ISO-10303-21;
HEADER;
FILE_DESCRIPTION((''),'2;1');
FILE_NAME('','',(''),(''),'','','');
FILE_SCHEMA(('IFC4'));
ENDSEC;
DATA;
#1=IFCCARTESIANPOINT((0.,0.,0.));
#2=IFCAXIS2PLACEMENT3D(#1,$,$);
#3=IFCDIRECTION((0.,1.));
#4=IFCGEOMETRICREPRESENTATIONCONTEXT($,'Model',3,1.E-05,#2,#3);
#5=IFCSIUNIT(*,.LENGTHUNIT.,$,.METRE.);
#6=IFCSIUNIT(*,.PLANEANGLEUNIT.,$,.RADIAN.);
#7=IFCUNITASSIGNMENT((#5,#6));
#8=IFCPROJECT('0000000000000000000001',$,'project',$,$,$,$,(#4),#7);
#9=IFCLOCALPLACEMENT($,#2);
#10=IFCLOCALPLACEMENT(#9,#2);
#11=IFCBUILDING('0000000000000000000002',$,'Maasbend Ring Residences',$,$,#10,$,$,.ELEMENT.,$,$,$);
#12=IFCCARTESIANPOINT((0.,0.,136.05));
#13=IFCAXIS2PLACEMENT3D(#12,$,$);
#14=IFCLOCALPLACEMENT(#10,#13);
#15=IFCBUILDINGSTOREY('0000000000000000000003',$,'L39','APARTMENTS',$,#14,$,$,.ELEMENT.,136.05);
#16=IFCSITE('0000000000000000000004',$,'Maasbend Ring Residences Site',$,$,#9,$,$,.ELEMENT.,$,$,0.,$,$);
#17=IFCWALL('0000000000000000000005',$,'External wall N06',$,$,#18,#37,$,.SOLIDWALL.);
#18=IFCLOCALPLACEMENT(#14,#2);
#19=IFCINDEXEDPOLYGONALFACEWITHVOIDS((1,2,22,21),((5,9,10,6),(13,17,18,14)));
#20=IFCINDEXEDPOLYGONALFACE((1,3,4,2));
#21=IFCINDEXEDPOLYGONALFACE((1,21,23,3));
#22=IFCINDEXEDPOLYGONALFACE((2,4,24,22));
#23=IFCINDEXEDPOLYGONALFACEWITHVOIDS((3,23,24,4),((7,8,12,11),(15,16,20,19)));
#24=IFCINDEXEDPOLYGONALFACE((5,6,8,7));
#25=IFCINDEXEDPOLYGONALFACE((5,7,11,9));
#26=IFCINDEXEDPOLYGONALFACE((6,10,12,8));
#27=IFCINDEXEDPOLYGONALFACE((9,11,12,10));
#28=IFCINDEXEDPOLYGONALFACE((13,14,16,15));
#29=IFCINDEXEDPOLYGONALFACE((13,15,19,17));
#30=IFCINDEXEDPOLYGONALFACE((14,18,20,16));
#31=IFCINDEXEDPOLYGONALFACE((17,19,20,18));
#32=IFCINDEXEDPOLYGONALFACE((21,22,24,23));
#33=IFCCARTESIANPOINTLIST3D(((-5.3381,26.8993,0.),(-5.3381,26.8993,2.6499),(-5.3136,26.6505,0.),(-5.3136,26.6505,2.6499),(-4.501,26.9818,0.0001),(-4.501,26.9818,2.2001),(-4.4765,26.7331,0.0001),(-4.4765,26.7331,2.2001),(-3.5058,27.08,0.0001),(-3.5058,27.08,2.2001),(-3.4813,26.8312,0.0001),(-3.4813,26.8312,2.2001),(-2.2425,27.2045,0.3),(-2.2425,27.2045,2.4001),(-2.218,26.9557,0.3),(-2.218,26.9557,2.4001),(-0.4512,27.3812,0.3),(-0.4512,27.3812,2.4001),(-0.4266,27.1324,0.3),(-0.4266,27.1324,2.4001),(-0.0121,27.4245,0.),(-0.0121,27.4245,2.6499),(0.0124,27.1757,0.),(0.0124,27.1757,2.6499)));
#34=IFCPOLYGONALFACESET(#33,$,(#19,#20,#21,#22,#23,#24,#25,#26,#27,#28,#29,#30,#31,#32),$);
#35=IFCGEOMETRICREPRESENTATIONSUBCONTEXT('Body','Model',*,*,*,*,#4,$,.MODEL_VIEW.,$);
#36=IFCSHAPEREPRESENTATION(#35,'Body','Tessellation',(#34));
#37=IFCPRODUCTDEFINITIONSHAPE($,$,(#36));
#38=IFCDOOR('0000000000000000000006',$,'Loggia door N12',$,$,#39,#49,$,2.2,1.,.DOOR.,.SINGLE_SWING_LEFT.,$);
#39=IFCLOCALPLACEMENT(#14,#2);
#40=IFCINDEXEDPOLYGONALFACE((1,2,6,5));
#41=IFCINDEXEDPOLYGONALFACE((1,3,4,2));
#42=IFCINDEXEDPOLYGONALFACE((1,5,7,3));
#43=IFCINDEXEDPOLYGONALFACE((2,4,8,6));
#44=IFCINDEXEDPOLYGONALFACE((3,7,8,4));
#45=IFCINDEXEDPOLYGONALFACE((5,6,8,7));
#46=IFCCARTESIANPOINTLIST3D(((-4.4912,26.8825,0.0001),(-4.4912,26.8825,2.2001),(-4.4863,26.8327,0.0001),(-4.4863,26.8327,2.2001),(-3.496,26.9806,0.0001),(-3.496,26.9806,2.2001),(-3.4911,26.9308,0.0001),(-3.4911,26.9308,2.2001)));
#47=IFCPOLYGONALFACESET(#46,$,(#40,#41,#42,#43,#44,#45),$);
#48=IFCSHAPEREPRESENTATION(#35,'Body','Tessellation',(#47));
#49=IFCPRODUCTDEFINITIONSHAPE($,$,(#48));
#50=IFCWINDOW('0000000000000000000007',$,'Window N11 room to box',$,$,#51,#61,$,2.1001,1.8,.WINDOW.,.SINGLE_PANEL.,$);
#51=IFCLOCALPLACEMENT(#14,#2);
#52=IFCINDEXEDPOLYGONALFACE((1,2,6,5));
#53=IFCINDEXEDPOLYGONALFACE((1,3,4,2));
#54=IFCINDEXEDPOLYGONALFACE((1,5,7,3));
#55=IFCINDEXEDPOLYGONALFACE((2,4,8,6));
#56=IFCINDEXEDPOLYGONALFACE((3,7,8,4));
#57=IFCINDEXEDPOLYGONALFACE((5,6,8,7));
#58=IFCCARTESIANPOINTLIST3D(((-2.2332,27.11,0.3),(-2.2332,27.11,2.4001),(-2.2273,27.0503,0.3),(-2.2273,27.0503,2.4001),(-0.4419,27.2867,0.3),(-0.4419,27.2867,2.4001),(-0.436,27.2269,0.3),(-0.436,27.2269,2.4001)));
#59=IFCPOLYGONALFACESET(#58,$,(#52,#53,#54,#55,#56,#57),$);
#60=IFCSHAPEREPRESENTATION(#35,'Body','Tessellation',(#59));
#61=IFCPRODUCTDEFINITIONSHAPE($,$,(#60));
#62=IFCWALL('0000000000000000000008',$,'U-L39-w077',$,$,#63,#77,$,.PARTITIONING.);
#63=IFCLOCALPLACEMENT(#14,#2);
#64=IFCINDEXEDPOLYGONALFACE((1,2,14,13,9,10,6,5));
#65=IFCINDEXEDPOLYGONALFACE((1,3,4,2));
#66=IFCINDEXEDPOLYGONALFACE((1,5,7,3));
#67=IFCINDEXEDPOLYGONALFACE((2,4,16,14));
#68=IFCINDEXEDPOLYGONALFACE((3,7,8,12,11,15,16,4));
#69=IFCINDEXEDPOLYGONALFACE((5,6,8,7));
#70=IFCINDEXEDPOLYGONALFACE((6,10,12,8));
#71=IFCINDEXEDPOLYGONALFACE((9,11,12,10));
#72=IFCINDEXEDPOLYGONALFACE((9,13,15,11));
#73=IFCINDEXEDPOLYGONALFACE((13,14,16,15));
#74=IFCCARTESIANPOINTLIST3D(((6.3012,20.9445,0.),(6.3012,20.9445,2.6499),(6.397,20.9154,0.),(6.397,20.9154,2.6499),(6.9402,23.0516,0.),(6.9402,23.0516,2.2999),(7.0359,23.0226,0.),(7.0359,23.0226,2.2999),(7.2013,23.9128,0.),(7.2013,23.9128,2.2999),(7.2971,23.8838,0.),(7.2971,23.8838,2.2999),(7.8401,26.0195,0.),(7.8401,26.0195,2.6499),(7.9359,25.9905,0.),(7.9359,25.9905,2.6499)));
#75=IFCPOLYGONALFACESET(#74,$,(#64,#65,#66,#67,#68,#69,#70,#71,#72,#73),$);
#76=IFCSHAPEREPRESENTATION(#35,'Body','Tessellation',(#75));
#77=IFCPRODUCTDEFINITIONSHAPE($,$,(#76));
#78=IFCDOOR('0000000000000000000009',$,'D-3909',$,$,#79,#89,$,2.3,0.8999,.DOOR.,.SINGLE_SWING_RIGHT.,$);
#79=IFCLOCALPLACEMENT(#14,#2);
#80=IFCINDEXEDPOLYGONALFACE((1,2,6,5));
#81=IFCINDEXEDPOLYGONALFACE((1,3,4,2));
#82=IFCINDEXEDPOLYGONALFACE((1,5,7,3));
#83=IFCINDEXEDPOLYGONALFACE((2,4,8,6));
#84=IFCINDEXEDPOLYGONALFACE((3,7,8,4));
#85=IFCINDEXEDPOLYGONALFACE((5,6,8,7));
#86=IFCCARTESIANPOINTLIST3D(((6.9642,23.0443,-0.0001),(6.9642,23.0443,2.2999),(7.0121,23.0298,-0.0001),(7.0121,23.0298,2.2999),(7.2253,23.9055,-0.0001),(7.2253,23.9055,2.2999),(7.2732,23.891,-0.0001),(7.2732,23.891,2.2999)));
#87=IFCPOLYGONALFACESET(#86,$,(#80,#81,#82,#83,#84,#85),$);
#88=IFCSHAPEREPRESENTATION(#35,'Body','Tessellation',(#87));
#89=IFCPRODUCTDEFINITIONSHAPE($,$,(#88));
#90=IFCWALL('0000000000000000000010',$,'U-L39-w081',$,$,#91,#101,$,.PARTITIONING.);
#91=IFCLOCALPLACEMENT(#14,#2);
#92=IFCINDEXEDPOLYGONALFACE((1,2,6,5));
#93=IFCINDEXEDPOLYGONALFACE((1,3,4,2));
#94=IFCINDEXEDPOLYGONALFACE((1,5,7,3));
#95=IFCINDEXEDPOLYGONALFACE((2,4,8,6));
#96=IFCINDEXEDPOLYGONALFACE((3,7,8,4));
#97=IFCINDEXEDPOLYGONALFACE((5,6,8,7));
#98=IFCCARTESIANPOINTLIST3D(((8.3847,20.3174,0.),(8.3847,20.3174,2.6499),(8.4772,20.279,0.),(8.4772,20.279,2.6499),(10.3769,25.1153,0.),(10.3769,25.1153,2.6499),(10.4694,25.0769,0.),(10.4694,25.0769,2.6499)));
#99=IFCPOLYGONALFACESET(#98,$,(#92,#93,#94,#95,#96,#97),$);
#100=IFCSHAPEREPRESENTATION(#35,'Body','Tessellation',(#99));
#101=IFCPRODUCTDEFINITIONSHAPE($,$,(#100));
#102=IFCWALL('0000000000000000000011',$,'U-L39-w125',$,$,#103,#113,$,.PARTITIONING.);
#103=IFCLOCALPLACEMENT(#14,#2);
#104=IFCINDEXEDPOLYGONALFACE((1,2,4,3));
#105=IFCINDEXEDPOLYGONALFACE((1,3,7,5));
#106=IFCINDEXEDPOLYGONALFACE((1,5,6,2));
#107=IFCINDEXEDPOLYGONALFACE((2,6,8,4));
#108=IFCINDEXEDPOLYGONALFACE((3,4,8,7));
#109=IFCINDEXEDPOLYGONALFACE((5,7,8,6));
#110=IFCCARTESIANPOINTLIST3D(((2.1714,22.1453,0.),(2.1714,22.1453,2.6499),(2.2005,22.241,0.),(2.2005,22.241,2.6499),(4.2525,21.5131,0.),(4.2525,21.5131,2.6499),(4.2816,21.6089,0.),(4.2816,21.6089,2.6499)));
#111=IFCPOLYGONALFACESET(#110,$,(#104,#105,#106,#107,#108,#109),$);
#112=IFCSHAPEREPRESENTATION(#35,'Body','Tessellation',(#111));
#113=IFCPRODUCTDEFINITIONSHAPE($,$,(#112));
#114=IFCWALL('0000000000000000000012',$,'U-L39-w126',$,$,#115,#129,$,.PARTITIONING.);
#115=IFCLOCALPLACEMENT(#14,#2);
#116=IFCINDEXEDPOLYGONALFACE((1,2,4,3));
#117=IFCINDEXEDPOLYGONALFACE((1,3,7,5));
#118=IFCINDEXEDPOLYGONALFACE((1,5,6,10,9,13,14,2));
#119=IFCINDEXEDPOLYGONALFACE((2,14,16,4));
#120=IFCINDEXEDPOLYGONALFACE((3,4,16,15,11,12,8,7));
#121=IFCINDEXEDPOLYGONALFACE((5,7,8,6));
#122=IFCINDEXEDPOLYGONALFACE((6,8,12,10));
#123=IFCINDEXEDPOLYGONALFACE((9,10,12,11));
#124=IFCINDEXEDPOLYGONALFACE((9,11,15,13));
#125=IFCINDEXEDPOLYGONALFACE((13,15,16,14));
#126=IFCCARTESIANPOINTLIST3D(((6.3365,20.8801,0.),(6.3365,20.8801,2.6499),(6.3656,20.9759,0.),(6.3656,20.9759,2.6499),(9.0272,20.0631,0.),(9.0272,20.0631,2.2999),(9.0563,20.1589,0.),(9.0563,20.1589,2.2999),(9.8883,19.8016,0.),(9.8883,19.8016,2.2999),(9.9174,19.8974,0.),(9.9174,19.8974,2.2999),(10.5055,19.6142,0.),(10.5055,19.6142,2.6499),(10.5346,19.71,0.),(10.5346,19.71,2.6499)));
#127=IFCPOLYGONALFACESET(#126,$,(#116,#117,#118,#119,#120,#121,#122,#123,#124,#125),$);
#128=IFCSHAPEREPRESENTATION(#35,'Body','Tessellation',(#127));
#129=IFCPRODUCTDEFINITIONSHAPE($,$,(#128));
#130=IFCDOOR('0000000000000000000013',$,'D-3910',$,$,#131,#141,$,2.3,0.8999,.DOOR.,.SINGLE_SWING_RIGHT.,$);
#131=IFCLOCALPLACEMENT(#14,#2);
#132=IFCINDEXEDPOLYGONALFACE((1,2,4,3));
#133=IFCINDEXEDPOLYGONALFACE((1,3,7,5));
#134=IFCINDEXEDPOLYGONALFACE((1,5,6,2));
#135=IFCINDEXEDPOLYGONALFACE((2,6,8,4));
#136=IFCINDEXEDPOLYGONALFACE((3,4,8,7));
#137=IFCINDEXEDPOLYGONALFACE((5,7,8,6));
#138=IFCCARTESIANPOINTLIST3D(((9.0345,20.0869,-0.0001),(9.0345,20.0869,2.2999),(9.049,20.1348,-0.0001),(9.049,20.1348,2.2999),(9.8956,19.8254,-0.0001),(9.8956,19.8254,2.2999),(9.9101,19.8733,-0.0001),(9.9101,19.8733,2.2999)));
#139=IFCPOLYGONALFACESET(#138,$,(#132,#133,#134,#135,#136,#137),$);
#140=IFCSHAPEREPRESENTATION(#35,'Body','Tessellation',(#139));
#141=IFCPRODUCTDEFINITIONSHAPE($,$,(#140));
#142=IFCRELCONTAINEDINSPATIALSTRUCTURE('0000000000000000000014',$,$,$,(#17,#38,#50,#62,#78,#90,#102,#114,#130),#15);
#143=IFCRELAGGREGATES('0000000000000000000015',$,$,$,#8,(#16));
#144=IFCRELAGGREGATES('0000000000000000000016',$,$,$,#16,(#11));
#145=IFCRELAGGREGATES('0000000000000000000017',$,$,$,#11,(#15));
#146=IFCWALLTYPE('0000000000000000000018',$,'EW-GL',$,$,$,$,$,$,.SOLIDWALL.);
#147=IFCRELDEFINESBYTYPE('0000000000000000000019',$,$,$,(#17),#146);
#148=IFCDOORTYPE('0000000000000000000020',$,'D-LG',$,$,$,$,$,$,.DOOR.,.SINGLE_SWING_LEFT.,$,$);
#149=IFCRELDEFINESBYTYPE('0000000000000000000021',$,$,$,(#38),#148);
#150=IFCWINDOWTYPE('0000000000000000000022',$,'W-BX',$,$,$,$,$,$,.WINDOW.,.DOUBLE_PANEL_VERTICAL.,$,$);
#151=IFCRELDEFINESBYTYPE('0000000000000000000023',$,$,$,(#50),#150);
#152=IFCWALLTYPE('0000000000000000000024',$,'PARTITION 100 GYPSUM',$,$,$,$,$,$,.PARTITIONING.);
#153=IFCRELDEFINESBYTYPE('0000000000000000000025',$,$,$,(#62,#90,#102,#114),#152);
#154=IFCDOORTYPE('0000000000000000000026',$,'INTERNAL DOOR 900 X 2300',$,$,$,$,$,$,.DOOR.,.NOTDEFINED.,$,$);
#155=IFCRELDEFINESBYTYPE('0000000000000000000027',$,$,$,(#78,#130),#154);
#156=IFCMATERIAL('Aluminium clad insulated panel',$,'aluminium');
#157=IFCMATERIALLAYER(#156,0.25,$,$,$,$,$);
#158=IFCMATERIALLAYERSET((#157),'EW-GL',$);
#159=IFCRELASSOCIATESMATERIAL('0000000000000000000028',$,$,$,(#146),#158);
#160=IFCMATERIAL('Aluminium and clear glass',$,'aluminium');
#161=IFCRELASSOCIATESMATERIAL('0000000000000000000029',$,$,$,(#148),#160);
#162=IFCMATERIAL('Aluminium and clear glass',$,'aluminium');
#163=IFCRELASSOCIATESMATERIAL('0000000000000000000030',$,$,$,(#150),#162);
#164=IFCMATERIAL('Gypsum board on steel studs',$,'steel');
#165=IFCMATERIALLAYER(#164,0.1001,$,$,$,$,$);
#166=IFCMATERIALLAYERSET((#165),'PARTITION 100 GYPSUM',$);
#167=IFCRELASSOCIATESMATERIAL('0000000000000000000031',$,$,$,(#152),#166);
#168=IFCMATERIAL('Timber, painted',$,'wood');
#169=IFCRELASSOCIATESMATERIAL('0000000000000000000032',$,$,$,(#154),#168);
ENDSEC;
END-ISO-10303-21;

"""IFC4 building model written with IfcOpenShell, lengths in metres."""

from ifc_helpers import new_model, si_unit, direction, frame, frame_2d, origin, place, context, subcontext, project, spatial, rectangle, extrude, material, layer, layer_set, type_object, element, fill, save


model = new_model("IFC4")

# Units and contexts
model_context = context("Model", 3, precision=1e-05, world=origin(), true_north=direction((0.0, 1.0)))
body_context = subcontext(model_context, "Body", "Model", "MODEL_VIEW")
ifc_project = project(units=[si_unit("LENGTHUNIT", "METRE"), si_unit("PLANEANGLEUNIT", "RADIAN")], contexts=[model_context])

# Site, building, storey
site_placement = place(None, origin())
site = spatial("IfcSite", under=ifc_project, at=site_placement, Name="Maasbend Ring Residences Site", CompositionType="ELEMENT", RefElevation=0.0)
building_placement = place(site_placement, origin())
building = spatial("IfcBuilding", under=site, at=building_placement, Name="Maasbend Ring Residences", CompositionType="ELEMENT")
storey_placement = place(building_placement, frame((0.0, 0.0, 136.05)))
storey = spatial("IfcBuildingStorey", under=building, at=storey_placement, Name="L39", Description="APARTMENTS", CompositionType="ELEMENT", Elevation=136.05)

# Wall, openings, door, window
ifc_material_1 = material(Name="Aluminium clad insulated panel", Category="aluminium")
ifc_layer_1 = layer(ifc_material_1, 0.25)
ifc_layer_set_1 = layer_set([ifc_layer_1], Name="EW-GL")
wall_type_1 = type_object("IfcWallType", Name="EW-GL", PredefinedType="SOLIDWALL", material=ifc_layer_set_1)
ifc_material_2 = material(Name="Aluminium and clear glass", Category="aluminium")
door_type_1 = type_object("IfcDoorType", Name="D-LG", OperationType="SINGLE_SWING_LEFT", PredefinedType="DOOR", material=ifc_material_2)
ifc_material_3 = material(Name="Aluminium and clear glass", Category="aluminium")
window_type_1 = type_object("IfcWindowType", Name="W-BX", PartitioningType="DOUBLE_PANEL_VERTICAL", PredefinedType="WINDOW", material=ifc_material_3)
wall_1_placement = place(storey_placement, frame((0.0, 27.3, 0.0), z_axis=(0.0, 0.0, 1.0), x_axis=(-0.995174, -0.098126, 0.0)))
wall_1 = element("IfcWall", 1, at=wall_1_placement, inside=storey, type_object=wall_type_1, Name="External wall N06", PredefinedType="SOLIDWALL", context=body_context, shape_type="SweptSolid", body=[
    extrude(rectangle(XDim=5.3518, YDim=0.25, at=frame_2d((2.6758, 0.0))), origin(), (0.0, 0.0, 1.0), 2.6499),
])
opening_1_placement = place(wall_1_placement, frame((0.4412, 0.0, 0.3)))
opening_1 = element("IfcOpeningElement", 2, at=opening_1_placement, cuts=wall_1, PredefinedType="OPENING", context=body_context, shape_type="SweptSolid", body=[
    extrude(rectangle(XDim=1.8, YDim=2.1001, at=frame_2d((0.8999, 1.05))), frame((0.0, 0.135, 0.0), z_axis=(0.0, -1.0, 0.0), x_axis=(1.0, 0.0, 0.0)), (0.0, 0.0, 1.0), 0.27),
])
opening_2_placement = place(wall_1_placement, frame((3.5105, 0.0, 0.0)))
opening_2 = element("IfcOpeningElement", 3, at=opening_2_placement, cuts=wall_1, PredefinedType="OPENING", context=body_context, shape_type="SweptSolid", body=[
    extrude(rectangle(XDim=1.0, YDim=2.2, at=frame_2d((0.5, 1.1001))), frame((0.0, 0.135, 0.0), z_axis=(0.0, -1.0, 0.0), x_axis=(1.0, 0.0, 0.0)), (0.0, 0.0, 1.0), 0.27),
])
door_1_placement = place(opening_2_placement, origin())
door_1 = element("IfcDoor", 4, at=door_1_placement, inside=storey, type_object=door_type_1, Name="Loggia door N12", OperationType="SINGLE_SWING_LEFT", OverallHeight=2.2, OverallWidth=1.0, PredefinedType="DOOR", context=body_context, shape_type="SweptSolid", body=[
    extrude(rectangle(XDim=1.0, YDim=2.2, at=frame_2d((0.5, 1.1001))), frame((0.0, 0.0249, 0.0), z_axis=(0.0, -1.0, 0.0), x_axis=(1.0, 0.0, 0.0)), (0.0, 0.0, 1.0), 0.05),
])
fill(opening_2, door_1)
window_1_placement = place(opening_1_placement, origin())
window_1 = element("IfcWindow", 5, at=window_1_placement, inside=storey, type_object=window_type_1, Name="Window N11 room to box", OverallHeight=2.1001, OverallWidth=1.8, PartitioningType="SINGLE_PANEL", PredefinedType="WINDOW", context=body_context, shape_type="SweptSolid", body=[
    extrude(rectangle(XDim=1.8, YDim=2.1001, at=frame_2d((0.8999, 1.05))), frame((0.0, 0.03, 0.0), z_axis=(0.0, -1.0, 0.0), x_axis=(1.0, 0.0, 0.0)), (0.0, 0.0, 1.0), 0.0601),
])
fill(opening_1, window_1)

# Wall, opening, door
ifc_material_4 = material(Name="Gypsum board on steel studs", Category="steel")
ifc_layer_2 = layer(ifc_material_4, 0.1001)
ifc_layer_set_2 = layer_set([ifc_layer_2], Name="PARTITION 100 GYPSUM")
wall_type_2 = type_object("IfcWallType", Name="PARTITION 100 GYPSUM", PredefinedType="PARTITIONING", material=ifc_layer_set_2)
wall_2_placement = place(storey_placement, frame((6.3491, 20.9299, 0.0), z_axis=(0.0, 0.0, 1.0), x_axis=(0.290172, 0.956974, 0.0)))
wall_2 = element("IfcWall", 6, at=wall_2_placement, inside=storey, type_object=wall_type_2, Name="U-L39-w077", PredefinedType="PARTITIONING", context=body_context, shape_type="SweptSolid", body=[
    extrude(rectangle(XDim=5.3032, YDim=0.1001, at=frame_2d((2.6516, 0.0))), origin(), (0.0, 0.0, 1.0), 2.6499),
])
opening_3_placement = place(wall_2_placement, frame((2.2019, 0.0, 0.0)))
opening_3 = element("IfcOpeningElement", 7, at=opening_3_placement, cuts=wall_2, PredefinedType="OPENING", context=body_context, shape_type="SweptSolid", body=[
    extrude(rectangle(XDim=0.8999, YDim=2.3, at=frame_2d((0.45, 1.1499))), frame((0.0, 0.0601, 0.0), z_axis=(0.0, -1.0, 0.0), x_axis=(1.0, 0.0, 0.0)), (0.0, 0.0, 1.0), 0.1201),
])
ifc_material_5 = material(Name="Timber, painted", Category="wood")
door_type_2 = type_object("IfcDoorType", Name="INTERNAL DOOR 900 X 2300", OperationType="NOTDEFINED", PredefinedType="DOOR", material=ifc_material_5)
door_2_placement = place(opening_3_placement, origin())
door_2 = element("IfcDoor", 8, at=door_2_placement, inside=storey, type_object=door_type_2, Name="D-3909", OperationType="SINGLE_SWING_RIGHT", OverallHeight=2.3, OverallWidth=0.8999, PredefinedType="DOOR", context=body_context, shape_type="SweptSolid", body=[
    extrude(rectangle(XDim=0.8999, YDim=2.3, at=frame_2d((0.45, 1.1499))), frame((0.0, 0.0249, 0.0), z_axis=(0.0, -1.0, 0.0), x_axis=(1.0, 0.0, 0.0)), (0.0, 0.0, 1.0), 0.05),
])
fill(opening_3, door_2)

# Walls
wall_3_placement = place(storey_placement, frame((8.4309, 20.2981, 0.0), z_axis=(0.0, 0.0, 1.0), x_axis=(0.383481, 0.923549, 0.0)))
element("IfcWall", 9, at=wall_3_placement, inside=storey, type_object=wall_type_2, Name="U-L39-w081", PredefinedType="PARTITIONING", context=body_context, shape_type="SweptSolid", body=[
    extrude(rectangle(XDim=5.1951, YDim=0.1001, at=frame_2d((2.5977, 0.0))), origin(), (0.0, 0.0, 1.0), 2.6499),
])
wall_4_placement = place(storey_placement, frame((2.186, 22.1931, 0.0), z_axis=(0.0, 0.0, 1.0), x_axis=(0.956838, -0.290621, 0.0)))
element("IfcWall", 10, at=wall_4_placement, inside=storey, type_object=wall_type_2, Name="U-L39-w125", PredefinedType="PARTITIONING", context=body_context, shape_type="SweptSolid", body=[
    extrude(rectangle(XDim=2.175, YDim=0.1001, at=frame_2d((1.0874, 0.0))), origin(), (0.0, 0.0, 1.0), 2.6499),
])

# Wall, opening, door
wall_5_placement = place(storey_placement, frame((6.3511, 20.928, 0.0), z_axis=(0.0, 0.0, 1.0), x_axis=(0.956862, -0.290544, 0.0)))
wall_5 = element("IfcWall", 11, at=wall_5_placement, inside=storey, type_object=wall_type_2, Name="U-L39-w126", PredefinedType="PARTITIONING", context=body_context, shape_type="SweptSolid", body=[
    extrude(rectangle(XDim=4.3569, YDim=0.1001, at=frame_2d((2.1785, 0.0))), origin(), (0.0, 0.0, 1.0), 2.6499),
])
opening_4_placement = place(wall_5_placement, frame((2.812, 0.0, 0.0)))
opening_4 = element("IfcOpeningElement", 12, at=opening_4_placement, cuts=wall_5, PredefinedType="OPENING", context=body_context, shape_type="SweptSolid", body=[
    extrude(rectangle(XDim=0.8999, YDim=2.3, at=frame_2d((0.45, 1.1499))), frame((0.0, 0.0601, 0.0), z_axis=(0.0, -1.0, 0.0), x_axis=(1.0, 0.0, 0.0)), (0.0, 0.0, 1.0), 0.1201),
])
door_3_placement = place(opening_4_placement, origin())
door_3 = element("IfcDoor", 13, at=door_3_placement, inside=storey, type_object=door_type_2, Name="D-3910", OperationType="SINGLE_SWING_RIGHT", OverallHeight=2.3, OverallWidth=0.8999, PredefinedType="DOOR", context=body_context, shape_type="SweptSolid", body=[
    extrude(rectangle(XDim=0.8999, YDim=2.3, at=frame_2d((0.45, 1.1499))), frame((0.0, 0.0249, 0.0), z_axis=(0.0, -1.0, 0.0), x_axis=(1.0, 0.0, 0.0)), (0.0, 0.0, 1.0), 0.05),
])
fill(opening_4, door_3)

save(model, "model.ifc")
